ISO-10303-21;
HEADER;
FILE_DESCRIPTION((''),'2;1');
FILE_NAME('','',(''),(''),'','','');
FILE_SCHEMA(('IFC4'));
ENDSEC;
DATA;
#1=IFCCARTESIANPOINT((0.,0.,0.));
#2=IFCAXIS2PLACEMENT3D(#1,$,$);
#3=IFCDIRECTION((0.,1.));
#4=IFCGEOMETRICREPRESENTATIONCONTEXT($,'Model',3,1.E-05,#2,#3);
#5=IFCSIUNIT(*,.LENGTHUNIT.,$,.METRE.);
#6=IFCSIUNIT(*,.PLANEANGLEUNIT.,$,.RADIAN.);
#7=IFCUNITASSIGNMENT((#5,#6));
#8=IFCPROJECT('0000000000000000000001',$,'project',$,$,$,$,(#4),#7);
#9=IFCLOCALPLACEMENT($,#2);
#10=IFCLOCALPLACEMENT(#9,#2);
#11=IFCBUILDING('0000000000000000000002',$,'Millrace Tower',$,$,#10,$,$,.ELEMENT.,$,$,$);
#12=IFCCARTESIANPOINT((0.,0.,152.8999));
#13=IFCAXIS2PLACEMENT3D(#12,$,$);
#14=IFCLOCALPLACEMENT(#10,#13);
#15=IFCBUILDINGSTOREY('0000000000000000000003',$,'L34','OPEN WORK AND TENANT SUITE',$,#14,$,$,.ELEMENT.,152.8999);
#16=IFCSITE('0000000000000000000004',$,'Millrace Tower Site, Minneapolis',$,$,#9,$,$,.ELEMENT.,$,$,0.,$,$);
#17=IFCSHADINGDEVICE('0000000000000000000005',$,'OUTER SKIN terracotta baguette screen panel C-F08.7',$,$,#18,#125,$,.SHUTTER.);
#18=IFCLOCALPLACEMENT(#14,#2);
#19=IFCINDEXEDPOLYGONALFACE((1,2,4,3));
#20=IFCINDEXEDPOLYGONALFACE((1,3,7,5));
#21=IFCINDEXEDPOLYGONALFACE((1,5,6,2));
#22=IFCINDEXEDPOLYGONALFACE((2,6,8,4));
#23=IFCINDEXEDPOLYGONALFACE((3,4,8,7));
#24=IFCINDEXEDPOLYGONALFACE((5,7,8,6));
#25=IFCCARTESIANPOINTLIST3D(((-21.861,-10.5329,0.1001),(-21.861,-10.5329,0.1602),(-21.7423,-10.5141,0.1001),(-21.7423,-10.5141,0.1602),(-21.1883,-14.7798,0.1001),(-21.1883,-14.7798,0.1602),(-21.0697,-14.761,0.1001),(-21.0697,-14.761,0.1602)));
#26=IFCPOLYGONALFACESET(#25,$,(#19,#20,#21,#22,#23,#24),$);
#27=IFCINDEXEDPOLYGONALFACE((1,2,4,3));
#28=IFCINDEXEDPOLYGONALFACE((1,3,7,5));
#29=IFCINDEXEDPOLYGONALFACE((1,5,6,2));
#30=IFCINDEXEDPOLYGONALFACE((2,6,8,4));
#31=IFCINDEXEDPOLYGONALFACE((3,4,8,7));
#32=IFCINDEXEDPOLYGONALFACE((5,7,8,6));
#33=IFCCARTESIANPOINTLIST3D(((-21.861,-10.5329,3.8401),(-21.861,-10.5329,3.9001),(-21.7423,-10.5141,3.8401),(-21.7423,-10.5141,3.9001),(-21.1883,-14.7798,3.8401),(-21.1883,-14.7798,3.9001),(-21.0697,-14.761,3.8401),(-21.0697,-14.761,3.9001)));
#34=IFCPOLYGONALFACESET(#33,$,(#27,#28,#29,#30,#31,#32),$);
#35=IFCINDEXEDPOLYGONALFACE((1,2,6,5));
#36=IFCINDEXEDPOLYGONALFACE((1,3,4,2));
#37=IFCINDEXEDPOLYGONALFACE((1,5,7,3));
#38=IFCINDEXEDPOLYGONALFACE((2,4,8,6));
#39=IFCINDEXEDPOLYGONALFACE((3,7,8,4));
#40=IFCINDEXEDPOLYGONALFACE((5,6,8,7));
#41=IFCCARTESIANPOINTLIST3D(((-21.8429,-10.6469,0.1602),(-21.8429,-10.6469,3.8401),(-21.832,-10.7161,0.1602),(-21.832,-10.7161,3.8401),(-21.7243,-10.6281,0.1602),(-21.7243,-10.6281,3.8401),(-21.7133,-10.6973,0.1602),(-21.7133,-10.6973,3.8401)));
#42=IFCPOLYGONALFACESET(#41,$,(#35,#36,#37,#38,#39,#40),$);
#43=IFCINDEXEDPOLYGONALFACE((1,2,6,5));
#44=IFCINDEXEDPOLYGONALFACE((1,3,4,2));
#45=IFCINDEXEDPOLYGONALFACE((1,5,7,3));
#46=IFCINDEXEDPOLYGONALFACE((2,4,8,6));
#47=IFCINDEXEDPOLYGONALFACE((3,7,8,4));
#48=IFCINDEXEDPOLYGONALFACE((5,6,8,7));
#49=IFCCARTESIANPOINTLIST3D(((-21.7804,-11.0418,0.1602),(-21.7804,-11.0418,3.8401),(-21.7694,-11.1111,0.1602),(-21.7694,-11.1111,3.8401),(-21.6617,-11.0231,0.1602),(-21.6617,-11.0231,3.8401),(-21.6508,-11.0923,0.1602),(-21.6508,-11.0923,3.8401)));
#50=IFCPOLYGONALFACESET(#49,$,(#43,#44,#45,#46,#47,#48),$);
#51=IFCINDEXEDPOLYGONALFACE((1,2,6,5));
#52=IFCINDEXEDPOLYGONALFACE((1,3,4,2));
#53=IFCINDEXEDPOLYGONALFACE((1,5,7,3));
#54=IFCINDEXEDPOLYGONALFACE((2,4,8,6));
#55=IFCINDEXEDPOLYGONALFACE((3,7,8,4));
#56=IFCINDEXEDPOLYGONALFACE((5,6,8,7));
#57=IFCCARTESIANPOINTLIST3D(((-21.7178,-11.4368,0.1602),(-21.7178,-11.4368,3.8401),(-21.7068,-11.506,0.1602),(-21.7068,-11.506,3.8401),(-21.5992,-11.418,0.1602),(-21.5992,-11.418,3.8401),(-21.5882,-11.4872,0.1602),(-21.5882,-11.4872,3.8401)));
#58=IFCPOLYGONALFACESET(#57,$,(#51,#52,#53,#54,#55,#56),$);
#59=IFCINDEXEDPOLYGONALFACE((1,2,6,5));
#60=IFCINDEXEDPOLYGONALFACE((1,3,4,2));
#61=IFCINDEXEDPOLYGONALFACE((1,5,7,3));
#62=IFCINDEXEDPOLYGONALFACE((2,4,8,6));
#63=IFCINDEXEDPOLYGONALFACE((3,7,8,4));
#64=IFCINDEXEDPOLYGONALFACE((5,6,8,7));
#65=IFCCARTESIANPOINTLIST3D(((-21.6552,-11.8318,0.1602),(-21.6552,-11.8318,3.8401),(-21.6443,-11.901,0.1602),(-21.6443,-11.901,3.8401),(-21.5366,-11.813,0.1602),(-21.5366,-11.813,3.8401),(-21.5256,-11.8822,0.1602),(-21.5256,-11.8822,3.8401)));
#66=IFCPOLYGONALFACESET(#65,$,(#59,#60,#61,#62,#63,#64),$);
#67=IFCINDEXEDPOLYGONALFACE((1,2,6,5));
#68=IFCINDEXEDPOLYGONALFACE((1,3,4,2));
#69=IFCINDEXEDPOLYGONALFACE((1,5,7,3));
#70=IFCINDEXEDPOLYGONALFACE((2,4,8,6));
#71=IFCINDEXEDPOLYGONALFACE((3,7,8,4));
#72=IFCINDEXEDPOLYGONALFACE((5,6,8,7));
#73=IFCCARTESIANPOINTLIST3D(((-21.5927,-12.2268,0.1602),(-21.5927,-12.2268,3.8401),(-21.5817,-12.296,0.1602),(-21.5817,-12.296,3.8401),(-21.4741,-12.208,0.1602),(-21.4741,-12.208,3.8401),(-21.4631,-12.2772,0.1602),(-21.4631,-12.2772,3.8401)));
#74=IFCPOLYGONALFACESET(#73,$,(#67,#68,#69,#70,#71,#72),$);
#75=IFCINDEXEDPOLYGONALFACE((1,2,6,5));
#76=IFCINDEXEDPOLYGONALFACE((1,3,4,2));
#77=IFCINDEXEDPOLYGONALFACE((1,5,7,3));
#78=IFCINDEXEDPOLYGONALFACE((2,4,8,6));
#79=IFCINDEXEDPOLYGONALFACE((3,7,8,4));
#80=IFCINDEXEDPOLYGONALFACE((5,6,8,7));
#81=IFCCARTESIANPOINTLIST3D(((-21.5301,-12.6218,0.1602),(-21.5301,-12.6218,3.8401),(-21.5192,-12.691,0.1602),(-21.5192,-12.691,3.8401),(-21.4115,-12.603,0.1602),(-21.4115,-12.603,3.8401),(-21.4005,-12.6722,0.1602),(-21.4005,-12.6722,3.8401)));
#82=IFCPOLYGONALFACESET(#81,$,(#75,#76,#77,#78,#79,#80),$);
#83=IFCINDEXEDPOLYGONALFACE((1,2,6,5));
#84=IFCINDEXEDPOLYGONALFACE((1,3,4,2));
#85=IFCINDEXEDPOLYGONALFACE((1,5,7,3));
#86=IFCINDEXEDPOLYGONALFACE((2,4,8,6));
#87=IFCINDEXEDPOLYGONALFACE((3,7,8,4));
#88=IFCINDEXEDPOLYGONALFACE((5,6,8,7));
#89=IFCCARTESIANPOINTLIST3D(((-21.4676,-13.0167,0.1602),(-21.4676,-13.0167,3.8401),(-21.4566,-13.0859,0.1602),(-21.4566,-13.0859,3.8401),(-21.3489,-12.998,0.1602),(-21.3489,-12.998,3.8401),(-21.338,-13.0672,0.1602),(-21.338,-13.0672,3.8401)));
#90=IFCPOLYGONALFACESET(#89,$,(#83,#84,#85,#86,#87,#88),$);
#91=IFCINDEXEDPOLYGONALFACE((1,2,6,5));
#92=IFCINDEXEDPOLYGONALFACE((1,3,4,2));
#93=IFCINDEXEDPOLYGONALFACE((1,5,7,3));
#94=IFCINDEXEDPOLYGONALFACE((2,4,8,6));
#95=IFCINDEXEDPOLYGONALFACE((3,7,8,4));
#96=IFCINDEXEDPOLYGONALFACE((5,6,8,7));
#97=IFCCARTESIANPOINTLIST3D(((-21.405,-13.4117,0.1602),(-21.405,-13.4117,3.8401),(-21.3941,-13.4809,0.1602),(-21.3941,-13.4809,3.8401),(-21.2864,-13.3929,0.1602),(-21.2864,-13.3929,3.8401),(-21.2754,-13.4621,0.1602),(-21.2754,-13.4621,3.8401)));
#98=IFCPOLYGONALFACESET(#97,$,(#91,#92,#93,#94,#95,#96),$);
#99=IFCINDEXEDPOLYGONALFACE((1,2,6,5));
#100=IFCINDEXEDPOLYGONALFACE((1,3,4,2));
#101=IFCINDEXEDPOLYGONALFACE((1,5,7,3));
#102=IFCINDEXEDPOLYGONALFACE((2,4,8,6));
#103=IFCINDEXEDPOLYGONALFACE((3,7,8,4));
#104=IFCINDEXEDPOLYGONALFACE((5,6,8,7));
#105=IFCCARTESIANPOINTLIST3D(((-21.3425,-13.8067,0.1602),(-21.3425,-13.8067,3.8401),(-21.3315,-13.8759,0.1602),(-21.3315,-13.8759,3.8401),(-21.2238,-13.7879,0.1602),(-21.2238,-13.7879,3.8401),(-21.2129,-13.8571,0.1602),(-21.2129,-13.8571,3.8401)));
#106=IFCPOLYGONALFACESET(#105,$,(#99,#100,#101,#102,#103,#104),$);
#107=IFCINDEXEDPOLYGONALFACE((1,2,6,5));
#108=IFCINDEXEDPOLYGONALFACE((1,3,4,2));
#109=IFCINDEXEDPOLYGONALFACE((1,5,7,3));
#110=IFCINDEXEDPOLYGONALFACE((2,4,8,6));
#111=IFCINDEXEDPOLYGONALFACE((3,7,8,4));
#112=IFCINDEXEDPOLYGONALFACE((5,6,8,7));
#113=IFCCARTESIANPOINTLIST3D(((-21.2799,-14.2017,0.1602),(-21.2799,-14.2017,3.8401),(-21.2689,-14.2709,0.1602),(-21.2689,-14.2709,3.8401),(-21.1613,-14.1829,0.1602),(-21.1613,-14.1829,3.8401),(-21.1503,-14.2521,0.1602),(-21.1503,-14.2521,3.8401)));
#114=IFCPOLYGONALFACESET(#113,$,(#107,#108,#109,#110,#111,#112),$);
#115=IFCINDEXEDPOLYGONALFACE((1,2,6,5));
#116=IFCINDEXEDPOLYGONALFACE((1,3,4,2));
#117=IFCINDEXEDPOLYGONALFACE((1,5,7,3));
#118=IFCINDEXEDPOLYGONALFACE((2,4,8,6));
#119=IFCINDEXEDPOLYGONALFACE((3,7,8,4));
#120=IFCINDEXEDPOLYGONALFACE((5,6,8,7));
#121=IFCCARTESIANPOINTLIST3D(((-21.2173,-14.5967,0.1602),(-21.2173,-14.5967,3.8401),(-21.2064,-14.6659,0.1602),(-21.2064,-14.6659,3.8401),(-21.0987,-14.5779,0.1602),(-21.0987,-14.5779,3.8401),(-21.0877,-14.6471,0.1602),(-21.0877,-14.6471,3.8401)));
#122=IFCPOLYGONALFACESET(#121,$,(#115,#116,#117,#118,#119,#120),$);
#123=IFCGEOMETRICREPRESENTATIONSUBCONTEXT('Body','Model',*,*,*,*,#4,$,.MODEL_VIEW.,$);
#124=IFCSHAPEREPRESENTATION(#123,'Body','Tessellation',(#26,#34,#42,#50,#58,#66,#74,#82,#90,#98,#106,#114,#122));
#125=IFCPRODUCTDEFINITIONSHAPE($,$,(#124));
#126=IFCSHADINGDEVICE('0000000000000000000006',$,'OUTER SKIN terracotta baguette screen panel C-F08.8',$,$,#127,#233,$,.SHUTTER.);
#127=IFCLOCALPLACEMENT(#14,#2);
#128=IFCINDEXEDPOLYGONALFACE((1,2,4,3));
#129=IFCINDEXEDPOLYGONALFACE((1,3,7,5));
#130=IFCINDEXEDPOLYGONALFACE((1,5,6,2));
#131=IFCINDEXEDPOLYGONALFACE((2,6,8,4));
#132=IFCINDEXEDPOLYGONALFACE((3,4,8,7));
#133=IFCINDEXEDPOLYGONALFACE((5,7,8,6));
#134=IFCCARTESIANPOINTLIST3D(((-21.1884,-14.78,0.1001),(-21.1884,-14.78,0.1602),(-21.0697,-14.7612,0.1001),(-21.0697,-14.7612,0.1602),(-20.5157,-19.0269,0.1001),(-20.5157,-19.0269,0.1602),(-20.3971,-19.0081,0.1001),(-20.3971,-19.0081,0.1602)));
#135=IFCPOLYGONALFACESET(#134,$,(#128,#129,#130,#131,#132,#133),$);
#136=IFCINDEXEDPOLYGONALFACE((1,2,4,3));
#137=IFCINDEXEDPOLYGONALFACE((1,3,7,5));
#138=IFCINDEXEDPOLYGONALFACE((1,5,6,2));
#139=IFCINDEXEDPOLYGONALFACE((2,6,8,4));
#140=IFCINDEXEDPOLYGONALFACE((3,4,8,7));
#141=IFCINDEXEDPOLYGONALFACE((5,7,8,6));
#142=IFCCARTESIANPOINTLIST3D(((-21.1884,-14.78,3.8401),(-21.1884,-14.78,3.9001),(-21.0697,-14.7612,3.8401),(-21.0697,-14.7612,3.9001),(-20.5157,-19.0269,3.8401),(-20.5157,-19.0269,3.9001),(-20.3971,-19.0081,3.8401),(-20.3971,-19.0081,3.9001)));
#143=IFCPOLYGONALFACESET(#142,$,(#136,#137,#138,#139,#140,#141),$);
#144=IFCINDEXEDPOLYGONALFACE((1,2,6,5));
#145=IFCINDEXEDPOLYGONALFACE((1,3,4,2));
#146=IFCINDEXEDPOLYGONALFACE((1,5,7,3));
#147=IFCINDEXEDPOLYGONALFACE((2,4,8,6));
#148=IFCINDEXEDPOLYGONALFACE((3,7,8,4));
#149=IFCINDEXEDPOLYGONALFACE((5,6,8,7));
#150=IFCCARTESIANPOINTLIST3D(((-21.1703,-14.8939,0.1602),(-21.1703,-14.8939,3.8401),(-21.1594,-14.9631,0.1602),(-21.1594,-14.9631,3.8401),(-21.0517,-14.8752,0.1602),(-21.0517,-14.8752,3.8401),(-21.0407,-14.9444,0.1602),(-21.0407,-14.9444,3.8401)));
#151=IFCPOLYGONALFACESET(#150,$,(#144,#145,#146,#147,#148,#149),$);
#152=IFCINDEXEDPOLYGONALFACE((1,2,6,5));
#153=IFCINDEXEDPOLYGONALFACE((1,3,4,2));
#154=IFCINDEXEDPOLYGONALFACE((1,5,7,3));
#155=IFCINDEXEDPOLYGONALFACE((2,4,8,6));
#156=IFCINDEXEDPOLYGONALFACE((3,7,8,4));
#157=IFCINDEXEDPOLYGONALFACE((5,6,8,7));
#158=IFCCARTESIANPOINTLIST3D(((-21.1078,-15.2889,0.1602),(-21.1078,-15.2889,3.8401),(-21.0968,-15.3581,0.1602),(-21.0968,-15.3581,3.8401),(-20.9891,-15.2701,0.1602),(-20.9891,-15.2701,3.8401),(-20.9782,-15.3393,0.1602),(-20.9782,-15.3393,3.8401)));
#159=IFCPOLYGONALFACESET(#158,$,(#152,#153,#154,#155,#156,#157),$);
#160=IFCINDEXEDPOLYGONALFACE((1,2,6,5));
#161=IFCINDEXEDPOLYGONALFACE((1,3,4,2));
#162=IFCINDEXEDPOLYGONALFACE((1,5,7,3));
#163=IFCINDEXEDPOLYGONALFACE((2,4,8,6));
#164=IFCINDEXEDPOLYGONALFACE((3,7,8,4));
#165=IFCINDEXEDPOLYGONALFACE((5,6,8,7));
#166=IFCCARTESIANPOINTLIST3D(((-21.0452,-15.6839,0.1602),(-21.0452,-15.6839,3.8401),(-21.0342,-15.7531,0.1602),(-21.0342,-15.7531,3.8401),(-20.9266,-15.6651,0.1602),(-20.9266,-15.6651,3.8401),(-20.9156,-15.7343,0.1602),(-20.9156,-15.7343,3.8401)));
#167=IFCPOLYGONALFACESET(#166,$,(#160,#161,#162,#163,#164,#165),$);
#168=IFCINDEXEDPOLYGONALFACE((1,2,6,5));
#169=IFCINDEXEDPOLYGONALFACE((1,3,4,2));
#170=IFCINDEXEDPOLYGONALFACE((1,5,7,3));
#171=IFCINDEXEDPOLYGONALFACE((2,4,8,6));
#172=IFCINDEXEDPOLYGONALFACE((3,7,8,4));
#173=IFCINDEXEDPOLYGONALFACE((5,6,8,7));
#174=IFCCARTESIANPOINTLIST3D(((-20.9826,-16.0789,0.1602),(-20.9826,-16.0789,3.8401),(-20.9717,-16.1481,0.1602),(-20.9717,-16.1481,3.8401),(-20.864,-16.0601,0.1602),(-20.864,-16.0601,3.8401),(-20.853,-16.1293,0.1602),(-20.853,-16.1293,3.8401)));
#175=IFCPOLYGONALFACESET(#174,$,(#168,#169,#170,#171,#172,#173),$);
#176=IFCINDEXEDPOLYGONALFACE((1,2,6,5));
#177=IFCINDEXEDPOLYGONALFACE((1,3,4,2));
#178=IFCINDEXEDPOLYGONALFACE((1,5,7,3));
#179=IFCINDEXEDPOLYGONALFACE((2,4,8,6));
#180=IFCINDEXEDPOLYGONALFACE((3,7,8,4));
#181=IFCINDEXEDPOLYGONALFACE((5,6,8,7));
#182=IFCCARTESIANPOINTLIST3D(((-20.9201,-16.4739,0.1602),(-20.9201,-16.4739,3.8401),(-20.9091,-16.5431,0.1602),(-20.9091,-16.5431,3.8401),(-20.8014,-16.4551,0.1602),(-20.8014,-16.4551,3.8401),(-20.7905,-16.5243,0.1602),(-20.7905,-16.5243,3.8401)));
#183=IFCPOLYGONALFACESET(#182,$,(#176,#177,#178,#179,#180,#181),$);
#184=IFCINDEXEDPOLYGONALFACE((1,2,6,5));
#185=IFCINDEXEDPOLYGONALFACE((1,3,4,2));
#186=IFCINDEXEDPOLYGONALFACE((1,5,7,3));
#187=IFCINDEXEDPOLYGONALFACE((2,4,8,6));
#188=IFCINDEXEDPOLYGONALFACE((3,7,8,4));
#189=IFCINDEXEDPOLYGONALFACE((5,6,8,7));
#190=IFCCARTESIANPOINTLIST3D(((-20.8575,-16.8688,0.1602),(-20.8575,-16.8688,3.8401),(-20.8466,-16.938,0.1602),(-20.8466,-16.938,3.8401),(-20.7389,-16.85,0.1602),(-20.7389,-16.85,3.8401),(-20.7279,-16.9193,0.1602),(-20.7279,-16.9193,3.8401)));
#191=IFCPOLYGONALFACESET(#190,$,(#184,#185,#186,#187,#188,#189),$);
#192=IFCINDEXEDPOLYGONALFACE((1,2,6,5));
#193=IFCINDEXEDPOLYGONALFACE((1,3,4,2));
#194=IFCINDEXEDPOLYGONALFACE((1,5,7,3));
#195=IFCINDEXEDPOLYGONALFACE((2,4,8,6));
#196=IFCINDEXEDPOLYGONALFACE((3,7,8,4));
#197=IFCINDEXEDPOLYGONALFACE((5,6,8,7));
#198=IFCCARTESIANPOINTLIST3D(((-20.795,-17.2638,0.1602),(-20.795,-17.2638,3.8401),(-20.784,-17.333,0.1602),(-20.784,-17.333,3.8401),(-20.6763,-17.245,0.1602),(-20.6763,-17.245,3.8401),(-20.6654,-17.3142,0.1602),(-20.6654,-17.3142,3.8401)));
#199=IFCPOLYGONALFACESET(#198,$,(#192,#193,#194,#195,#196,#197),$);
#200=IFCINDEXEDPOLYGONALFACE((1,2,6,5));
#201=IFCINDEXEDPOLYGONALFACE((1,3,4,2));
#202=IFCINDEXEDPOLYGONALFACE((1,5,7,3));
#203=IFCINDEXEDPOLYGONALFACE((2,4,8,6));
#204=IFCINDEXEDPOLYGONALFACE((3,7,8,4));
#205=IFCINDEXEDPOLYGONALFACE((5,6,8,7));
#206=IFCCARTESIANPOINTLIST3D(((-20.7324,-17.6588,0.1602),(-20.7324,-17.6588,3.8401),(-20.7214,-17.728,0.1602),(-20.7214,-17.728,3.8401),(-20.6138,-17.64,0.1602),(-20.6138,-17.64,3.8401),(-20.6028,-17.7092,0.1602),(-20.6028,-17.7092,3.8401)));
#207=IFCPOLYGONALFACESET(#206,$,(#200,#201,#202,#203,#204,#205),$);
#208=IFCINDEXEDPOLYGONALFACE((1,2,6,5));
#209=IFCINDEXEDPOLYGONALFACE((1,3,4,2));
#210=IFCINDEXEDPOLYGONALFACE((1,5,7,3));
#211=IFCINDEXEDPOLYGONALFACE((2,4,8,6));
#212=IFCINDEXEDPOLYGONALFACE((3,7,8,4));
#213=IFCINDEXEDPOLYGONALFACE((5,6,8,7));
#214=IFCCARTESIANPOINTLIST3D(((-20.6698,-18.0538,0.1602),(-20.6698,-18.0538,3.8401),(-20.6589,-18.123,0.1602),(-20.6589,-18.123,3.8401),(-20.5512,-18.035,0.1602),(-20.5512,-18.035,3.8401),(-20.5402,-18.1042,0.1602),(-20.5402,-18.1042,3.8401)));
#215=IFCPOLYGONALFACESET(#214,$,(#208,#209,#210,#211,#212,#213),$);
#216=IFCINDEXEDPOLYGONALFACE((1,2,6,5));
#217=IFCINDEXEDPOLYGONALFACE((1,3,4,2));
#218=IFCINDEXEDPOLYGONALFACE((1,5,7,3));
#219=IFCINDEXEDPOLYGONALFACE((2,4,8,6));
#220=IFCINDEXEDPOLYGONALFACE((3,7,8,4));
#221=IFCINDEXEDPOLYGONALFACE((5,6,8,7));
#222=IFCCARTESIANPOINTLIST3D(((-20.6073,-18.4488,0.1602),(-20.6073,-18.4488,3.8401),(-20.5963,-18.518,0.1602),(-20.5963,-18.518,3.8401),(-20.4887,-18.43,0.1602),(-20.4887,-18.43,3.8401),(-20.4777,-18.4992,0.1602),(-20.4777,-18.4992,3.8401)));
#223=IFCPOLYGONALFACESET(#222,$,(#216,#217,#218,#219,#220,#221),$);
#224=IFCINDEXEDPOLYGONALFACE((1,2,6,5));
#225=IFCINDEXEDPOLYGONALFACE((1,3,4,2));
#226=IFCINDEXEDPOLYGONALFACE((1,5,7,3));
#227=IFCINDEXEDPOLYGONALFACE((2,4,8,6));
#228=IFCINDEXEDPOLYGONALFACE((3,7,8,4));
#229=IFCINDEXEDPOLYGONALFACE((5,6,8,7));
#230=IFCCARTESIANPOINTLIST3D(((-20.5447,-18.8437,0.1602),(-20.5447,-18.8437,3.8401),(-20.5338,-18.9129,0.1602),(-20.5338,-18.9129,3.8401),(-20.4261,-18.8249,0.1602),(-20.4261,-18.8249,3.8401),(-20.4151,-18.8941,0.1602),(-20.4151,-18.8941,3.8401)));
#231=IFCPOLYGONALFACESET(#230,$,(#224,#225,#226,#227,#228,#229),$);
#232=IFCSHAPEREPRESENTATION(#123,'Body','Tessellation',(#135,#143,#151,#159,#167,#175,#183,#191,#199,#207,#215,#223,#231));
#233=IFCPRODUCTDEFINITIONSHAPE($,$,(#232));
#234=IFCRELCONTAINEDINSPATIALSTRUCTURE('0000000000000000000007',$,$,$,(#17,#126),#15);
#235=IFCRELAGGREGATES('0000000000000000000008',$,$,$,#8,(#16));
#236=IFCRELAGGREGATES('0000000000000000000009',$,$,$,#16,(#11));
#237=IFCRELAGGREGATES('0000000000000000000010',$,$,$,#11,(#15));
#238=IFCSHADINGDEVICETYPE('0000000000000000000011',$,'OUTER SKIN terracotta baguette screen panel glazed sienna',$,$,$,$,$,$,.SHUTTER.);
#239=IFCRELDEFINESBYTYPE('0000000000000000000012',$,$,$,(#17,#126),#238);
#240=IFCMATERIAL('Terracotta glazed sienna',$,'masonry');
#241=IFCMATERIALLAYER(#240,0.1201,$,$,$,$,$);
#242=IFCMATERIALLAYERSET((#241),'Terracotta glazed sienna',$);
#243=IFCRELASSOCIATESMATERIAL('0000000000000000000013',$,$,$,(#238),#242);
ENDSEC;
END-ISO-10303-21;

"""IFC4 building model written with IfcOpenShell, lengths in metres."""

from ifc_helpers import new_model, entity, si_unit, direction, frame, frame_2d, origin, origin_2d, place, context, subcontext, project, spatial, rectangle, extrude, source, transform, mapped, material, layer, layer_set, type_object, element, save


model = new_model("IFC4")

# Units and contexts
model_context = context("Model", 3, precision=1e-05, world=origin(), true_north=direction((0.0, 1.0)))
body_context = subcontext(model_context, "Body", "Model", "MODEL_VIEW")
ifc_project = project(units=[si_unit("LENGTHUNIT", "METRE"), si_unit("PLANEANGLEUNIT", "RADIAN")], contexts=[model_context])

# Site, building, storey
site_placement = place(None, origin())
site = spatial("IfcSite", under=ifc_project, at=site_placement, Name="Millrace Tower Site, Minneapolis", CompositionType="ELEMENT", RefElevation=0.0)
building_placement = place(site_placement, origin())
building = spatial("IfcBuilding", under=site, at=building_placement, Name="Millrace Tower", CompositionType="ELEMENT")
storey_placement = place(building_placement, frame((0.0, 0.0, 152.8999)))
storey = spatial("IfcBuildingStorey", under=building, at=storey_placement, Name="L34", Description="OPEN WORK AND TENANT SUITE", CompositionType="ELEMENT", Elevation=152.8999)

# Shading devices
ifc_material_1 = material(Name="Terracotta glazed sienna", Category="masonry")
ifc_layer_1 = layer(ifc_material_1, 0.1201)
ifc_layer_set_1 = layer_set([ifc_layer_1], Name="Terracotta glazed sienna")
shading_device_type = type_object("IfcShadingDeviceType", Name="OUTER SKIN terracotta baguette screen panel glazed sienna", PredefinedType="SHUTTER", material=ifc_layer_set_1)
cartesian_point_1 = entity("IfcCartesianPoint", [-2.1499, 0.0601])
shared_polyline_1 = entity("IfcPolyline", [cartesian_point_1, entity("IfcCartesianPoint", [2.1499, 0.0601]), entity("IfcCartesianPoint", [2.1499, -0.0601]), entity("IfcCartesianPoint", [-2.1499, -0.0601]), cartesian_point_1])
shared_shape_1 = source(origin(), body_context, "Body", "SweptSolid", [
    entity("IfcExtrudedAreaSolid", entity("IfcArbitraryClosedProfileDef", "AREA", None, shared_polyline_1), entity("IfcAxis2Placement3D", entity("IfcCartesianPoint", [0.0, 0.0, 0.0])), entity("IfcDirection", [0.0, 0.0, 1.0]), 0.0601),
    entity("IfcExtrudedAreaSolid", entity("IfcArbitraryClosedProfileDef", "AREA", None, shared_polyline_1), entity("IfcAxis2Placement3D", entity("IfcCartesianPoint", [0.0, 0.0, 3.74])), entity("IfcDirection", [0.0, 0.0, 1.0]), 0.0601),
    extrude(rectangle(XDim=0.0701, YDim=0.1201, at=frame_2d((-1.9995, 0.0))), frame((0.0, 0.0, 0.0601)), (0.0, 0.0, 1.0), 3.6799),
    extrude(rectangle(XDim=0.0701, YDim=0.1201, at=frame_2d((-1.5996, 0.0))), frame((0.0, 0.0, 0.0601)), (0.0, 0.0, 1.0), 3.6799),
    extrude(rectangle(XDim=0.0701, YDim=0.1201, at=frame_2d((-1.1997, 0.0))), frame((0.0, 0.0, 0.0601)), (0.0, 0.0, 1.0), 3.6799),
    extrude(rectangle(XDim=0.0701, YDim=0.1201, at=frame_2d((-0.7998, 0.0))), frame((0.0, 0.0, 0.0601)), (0.0, 0.0, 1.0), 3.6799),
    extrude(rectangle(XDim=0.0701, YDim=0.1201, at=frame_2d((-0.3999, 0.0))), frame((0.0, 0.0, 0.0601)), (0.0, 0.0, 1.0), 3.6799),
    extrude(rectangle(XDim=0.0701, YDim=0.1201, at=origin_2d()), frame((0.0, 0.0, 0.0601)), (0.0, 0.0, 1.0), 3.6799),
    extrude(rectangle(XDim=0.0701, YDim=0.1201, at=frame_2d((0.3999, 0.0))), frame((0.0, 0.0, 0.0601)), (0.0, 0.0, 1.0), 3.6799),
    extrude(rectangle(XDim=0.0701, YDim=0.1201, at=frame_2d((0.7998, 0.0))), frame((0.0, 0.0, 0.0601)), (0.0, 0.0, 1.0), 3.6799),
    extrude(rectangle(XDim=0.0701, YDim=0.1201, at=frame_2d((1.1997, 0.0))), frame((0.0, 0.0, 0.0601)), (0.0, 0.0, 1.0), 3.6799),
    extrude(rectangle(XDim=0.0701, YDim=0.1201, at=frame_2d((1.5996, 0.0))), frame((0.0, 0.0, 0.0601)), (0.0, 0.0, 1.0), 3.6799),
    extrude(rectangle(XDim=0.0701, YDim=0.1201, at=frame_2d((1.9995, 0.0))), frame((0.0, 0.0, 0.0601)), (0.0, 0.0, 1.0), 3.6799),
])
for number, where, z_axis, x_axis, name in (
    (1, (-21.4653, -12.647, 0.1001), (0.0, 0.0, 1.0), (0.156434, -0.987688, 0.0), "OUTER SKIN terracotta baguette screen panel C-F08.7"),
    (2, (-20.7927, -16.894, 0.1001), (0.0, 0.0, 1.0), (0.156434, -0.987688, 0.0), "OUTER SKIN terracotta baguette screen panel C-F08.8"),
):
    element("IfcShadingDevice", number, at=place(storey_placement, frame(where, z_axis=z_axis, x_axis=x_axis)), inside=storey, type_object=shading_device_type, Name=name, PredefinedType="SHUTTER", context=body_context, shape_type="MappedRepresentation", body=[
        mapped(shared_shape_1, transform((0.0, 0.0, 0.0), scale=1.0)),
    ])

save(model, "model.ifc")
